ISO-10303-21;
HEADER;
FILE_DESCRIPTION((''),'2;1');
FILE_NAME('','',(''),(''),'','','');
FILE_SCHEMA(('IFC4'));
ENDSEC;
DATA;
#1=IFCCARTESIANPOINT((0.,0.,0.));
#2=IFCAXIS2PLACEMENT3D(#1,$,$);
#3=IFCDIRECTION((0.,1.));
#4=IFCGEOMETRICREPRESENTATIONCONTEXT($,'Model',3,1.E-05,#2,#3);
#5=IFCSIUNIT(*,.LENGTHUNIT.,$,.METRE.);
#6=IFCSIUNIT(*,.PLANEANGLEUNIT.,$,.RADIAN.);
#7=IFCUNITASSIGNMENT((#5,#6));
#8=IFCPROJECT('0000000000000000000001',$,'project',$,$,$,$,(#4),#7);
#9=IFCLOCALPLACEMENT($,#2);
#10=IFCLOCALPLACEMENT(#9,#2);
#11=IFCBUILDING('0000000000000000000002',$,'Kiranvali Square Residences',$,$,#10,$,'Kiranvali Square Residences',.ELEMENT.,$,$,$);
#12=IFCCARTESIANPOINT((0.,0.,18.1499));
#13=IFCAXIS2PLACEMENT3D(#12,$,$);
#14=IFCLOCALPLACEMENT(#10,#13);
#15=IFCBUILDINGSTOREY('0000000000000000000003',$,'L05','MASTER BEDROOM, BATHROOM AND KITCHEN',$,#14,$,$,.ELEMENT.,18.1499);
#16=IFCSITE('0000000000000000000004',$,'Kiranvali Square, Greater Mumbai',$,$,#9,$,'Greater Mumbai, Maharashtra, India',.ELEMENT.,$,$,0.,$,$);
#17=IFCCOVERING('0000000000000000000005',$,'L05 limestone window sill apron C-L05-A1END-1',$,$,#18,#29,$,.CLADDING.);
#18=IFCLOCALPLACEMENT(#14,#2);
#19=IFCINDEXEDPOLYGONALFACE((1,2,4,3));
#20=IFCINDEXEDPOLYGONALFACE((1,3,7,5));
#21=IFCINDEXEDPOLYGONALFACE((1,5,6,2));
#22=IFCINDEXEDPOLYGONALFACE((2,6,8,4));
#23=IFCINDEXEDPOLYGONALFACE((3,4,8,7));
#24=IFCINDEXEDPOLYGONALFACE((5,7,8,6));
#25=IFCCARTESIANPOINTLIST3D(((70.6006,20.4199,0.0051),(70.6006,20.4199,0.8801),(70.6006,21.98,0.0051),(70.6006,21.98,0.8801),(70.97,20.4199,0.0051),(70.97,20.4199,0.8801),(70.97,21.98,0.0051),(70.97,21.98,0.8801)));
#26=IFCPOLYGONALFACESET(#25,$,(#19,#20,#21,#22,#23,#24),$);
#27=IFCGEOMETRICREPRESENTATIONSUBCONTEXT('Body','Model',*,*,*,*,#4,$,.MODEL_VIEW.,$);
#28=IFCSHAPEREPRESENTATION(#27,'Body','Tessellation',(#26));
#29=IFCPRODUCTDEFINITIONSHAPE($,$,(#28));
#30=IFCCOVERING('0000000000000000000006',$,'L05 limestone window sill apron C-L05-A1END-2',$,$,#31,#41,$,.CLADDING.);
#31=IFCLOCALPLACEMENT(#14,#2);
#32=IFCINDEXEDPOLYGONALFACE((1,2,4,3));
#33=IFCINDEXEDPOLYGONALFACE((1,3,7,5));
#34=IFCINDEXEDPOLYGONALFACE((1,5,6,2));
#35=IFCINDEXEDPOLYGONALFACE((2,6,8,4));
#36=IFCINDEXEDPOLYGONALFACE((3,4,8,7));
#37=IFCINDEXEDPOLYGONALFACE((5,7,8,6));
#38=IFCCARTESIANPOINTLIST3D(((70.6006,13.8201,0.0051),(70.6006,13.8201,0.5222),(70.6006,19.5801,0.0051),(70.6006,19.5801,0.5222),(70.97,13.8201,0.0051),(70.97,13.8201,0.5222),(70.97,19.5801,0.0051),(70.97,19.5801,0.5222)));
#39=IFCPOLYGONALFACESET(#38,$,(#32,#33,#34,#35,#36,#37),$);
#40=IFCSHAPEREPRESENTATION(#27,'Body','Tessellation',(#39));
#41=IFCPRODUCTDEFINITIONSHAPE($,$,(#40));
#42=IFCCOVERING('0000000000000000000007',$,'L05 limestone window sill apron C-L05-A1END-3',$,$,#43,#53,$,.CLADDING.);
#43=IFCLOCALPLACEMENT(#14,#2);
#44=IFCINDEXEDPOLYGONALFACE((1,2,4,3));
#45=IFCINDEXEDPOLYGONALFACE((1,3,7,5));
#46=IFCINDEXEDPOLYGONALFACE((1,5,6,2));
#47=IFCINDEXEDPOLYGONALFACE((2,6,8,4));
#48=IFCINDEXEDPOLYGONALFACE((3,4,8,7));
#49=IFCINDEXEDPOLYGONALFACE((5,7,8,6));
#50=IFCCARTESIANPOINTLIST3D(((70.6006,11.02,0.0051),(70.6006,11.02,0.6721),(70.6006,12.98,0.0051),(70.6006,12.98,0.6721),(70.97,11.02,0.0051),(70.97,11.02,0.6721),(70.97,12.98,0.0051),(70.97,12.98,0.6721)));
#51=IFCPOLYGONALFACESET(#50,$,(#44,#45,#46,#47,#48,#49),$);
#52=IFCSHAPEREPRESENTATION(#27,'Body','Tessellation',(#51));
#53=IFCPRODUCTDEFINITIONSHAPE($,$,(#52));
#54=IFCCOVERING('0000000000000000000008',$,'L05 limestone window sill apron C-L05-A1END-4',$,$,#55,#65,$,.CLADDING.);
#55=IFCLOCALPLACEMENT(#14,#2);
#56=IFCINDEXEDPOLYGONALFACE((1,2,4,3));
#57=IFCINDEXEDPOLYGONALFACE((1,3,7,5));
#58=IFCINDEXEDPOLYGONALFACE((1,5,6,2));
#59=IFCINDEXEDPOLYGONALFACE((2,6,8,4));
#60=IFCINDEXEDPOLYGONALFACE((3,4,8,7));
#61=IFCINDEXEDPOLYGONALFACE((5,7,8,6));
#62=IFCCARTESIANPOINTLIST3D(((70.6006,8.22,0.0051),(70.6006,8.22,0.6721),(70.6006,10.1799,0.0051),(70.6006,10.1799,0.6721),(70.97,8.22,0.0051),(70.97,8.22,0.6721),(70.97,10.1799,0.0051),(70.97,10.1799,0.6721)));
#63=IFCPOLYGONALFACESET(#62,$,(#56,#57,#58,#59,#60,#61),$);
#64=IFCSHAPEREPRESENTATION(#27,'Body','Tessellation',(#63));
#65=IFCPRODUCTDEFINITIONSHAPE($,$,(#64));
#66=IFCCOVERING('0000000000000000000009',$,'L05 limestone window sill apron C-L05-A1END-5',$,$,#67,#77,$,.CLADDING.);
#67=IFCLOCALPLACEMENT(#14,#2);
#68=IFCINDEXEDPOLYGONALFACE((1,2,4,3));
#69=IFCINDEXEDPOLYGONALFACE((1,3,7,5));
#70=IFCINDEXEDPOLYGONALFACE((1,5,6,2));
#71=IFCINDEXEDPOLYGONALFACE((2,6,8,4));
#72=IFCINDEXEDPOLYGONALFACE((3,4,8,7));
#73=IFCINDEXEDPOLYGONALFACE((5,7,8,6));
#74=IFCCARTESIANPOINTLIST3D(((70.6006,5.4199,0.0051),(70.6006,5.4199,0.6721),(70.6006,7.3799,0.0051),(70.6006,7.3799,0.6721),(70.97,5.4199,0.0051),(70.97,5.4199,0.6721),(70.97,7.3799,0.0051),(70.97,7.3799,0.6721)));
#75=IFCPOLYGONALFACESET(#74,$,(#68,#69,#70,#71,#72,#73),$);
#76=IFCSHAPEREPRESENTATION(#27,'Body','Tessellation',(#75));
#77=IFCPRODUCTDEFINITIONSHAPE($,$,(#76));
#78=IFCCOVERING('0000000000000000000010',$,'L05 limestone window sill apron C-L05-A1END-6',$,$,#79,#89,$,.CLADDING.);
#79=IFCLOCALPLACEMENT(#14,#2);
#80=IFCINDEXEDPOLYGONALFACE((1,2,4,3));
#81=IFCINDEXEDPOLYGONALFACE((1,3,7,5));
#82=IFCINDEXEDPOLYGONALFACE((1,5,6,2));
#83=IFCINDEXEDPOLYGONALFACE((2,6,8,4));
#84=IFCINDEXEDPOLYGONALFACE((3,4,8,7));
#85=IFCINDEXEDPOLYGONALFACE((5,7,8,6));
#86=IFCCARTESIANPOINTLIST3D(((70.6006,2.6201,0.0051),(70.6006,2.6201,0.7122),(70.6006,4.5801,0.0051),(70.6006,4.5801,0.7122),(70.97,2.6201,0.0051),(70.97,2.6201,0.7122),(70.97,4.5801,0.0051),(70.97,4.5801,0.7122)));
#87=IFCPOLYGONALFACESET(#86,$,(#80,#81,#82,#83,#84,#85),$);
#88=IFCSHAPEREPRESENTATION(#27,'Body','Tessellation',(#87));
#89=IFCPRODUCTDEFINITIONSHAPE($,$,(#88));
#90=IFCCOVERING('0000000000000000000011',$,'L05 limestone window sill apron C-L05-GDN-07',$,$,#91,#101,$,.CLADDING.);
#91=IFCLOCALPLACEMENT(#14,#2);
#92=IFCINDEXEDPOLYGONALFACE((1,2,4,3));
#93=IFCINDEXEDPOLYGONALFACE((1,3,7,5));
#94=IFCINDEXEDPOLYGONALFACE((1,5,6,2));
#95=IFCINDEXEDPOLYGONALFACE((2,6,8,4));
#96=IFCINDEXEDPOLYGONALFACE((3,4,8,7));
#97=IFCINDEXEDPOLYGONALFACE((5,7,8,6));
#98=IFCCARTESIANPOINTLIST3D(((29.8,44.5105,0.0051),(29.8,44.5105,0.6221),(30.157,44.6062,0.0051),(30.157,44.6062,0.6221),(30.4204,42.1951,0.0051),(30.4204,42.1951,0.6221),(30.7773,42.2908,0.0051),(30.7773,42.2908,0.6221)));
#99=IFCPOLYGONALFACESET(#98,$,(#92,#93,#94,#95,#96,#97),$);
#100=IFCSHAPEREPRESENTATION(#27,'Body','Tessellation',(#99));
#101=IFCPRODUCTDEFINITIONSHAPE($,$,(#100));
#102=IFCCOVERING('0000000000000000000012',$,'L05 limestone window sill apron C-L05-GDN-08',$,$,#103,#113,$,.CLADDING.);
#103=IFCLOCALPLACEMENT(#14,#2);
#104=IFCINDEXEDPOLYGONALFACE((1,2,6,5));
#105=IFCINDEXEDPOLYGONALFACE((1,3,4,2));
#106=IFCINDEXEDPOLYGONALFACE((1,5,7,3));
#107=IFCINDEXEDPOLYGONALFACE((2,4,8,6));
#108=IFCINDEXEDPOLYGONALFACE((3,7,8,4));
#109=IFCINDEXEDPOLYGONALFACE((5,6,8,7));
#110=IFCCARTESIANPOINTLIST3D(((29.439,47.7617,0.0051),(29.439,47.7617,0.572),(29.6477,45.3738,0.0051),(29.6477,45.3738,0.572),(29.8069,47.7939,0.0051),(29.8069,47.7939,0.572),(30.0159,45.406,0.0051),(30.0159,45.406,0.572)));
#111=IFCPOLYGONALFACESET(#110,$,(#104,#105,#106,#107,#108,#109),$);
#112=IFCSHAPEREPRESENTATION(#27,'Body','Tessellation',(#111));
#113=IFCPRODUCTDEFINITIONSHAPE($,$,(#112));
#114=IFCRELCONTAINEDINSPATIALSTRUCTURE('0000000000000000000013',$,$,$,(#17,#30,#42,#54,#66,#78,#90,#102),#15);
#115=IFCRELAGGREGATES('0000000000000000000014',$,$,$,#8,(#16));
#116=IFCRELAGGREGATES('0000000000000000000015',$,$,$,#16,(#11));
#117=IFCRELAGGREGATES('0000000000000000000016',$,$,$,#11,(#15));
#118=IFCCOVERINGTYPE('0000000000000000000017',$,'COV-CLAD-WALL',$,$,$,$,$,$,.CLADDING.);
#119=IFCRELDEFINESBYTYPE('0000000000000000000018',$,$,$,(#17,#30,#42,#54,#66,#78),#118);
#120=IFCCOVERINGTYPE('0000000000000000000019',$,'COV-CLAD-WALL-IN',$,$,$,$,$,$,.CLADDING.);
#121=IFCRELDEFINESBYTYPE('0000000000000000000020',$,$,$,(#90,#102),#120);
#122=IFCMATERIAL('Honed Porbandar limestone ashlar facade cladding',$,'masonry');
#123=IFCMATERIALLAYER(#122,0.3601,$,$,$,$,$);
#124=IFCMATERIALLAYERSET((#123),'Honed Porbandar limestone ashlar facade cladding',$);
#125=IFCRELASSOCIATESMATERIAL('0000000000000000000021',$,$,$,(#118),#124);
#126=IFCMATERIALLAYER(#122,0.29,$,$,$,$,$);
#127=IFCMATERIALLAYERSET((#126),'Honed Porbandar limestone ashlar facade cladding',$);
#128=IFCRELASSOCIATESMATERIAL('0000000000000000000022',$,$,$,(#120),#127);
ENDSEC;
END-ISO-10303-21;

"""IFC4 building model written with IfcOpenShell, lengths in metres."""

from ifc_helpers import new_model, si_unit, direction, frame, origin, place, context, subcontext, project, spatial, polyline, outline, extrude, material, layer, layer_set, type_object, element, save


model = new_model("IFC4")

# Units and contexts
model_context = context("Model", 3, precision=1e-05, world=origin(), true_north=direction((0.0, 1.0)))
body_context = subcontext(model_context, "Body", "Model", "MODEL_VIEW")
ifc_project = project(units=[si_unit("LENGTHUNIT", "METRE"), si_unit("PLANEANGLEUNIT", "RADIAN")], contexts=[model_context])

# Site, building, storey
site_placement = place(None, origin())
site = spatial("IfcSite", under=ifc_project, at=site_placement, Name="Kiranvali Square, Greater Mumbai", LongName="Greater Mumbai, Maharashtra, India", CompositionType="ELEMENT", RefElevation=0.0)
building_placement = place(site_placement, origin())
building = spatial("IfcBuilding", under=site, at=building_placement, Name="Kiranvali Square Residences", LongName="Kiranvali Square Residences", CompositionType="ELEMENT")
storey_placement = place(building_placement, frame((0.0, 0.0, 18.1499)))
storey = spatial("IfcBuildingStorey", under=building, at=storey_placement, Name="L05", Description="MASTER BEDROOM, BATHROOM AND KITCHEN", CompositionType="ELEMENT", Elevation=18.1499)

# Coverings
ifc_material = material(Name="Honed Porbandar limestone ashlar facade cladding", Category="masonry")
ifc_layer_1 = layer(ifc_material, 0.3601)
ifc_layer_set_1 = layer_set([ifc_layer_1], Name="Honed Porbandar limestone ashlar facade cladding")
covering_type_1 = type_object("IfcCoveringType", Name="COV-CLAD-WALL", PredefinedType="CLADDING", material=ifc_layer_set_1)
covering_1_placement = place(storey_placement, frame((0.0, 0.0, 0.0051)))
element("IfcCovering", 1, at=covering_1_placement, inside=storey, type_object=covering_type_1, Name="L05 limestone window sill apron C-L05-A1END-1", PredefinedType="CLADDING", context=body_context, shape_type="SweptSolid", body=[
    extrude(outline(polyline([(70.6006, 21.98), (70.6006, 20.4199), (70.97, 20.4199), (70.97, 21.98), (70.6006, 21.98)])), origin(), (0.0, 0.0, 1.0), 0.875),
])
covering_2_placement = place(storey_placement, frame((0.0, 0.0, 0.0051)))
element("IfcCovering", 2, at=covering_2_placement, inside=storey, type_object=covering_type_1, Name="L05 limestone window sill apron C-L05-A1END-2", PredefinedType="CLADDING", context=body_context, shape_type="SweptSolid", body=[
    extrude(outline(polyline([(70.6006, 19.5801), (70.6006, 13.8201), (70.97, 13.8201), (70.97, 19.5801), (70.6006, 19.5801)])), origin(), (0.0, 0.0, 1.0), 0.5171),
])
covering_3_placement = place(storey_placement, frame((0.0, 0.0, 0.0051)))
element("IfcCovering", 3, at=covering_3_placement, inside=storey, type_object=covering_type_1, Name="L05 limestone window sill apron C-L05-A1END-3", PredefinedType="CLADDING", context=body_context, shape_type="SweptSolid", body=[
    extrude(outline(polyline([(70.6006, 12.98), (70.6006, 11.02), (70.97, 11.02), (70.97, 12.98), (70.6006, 12.98)])), origin(), (0.0, 0.0, 1.0), 0.667),
])
covering_4_placement = place(storey_placement, frame((0.0, 0.0, 0.0051)))
element("IfcCovering", 4, at=covering_4_placement, inside=storey, type_object=covering_type_1, Name="L05 limestone window sill apron C-L05-A1END-4", PredefinedType="CLADDING", context=body_context, shape_type="SweptSolid", body=[
    extrude(outline(polyline([(70.6006, 10.1799), (70.6006, 8.22), (70.97, 8.22), (70.97, 10.1799), (70.6006, 10.1799)])), origin(), (0.0, 0.0, 1.0), 0.667),
])
covering_5_placement = place(storey_placement, frame((0.0, 0.0, 0.0051)))
element("IfcCovering", 5, at=covering_5_placement, inside=storey, type_object=covering_type_1, Name="L05 limestone window sill apron C-L05-A1END-5", PredefinedType="CLADDING", context=body_context, shape_type="SweptSolid", body=[
    extrude(outline(polyline([(70.6006, 7.3799), (70.6006, 5.4199), (70.97, 5.4199), (70.97, 7.3799), (70.6006, 7.3799)])), origin(), (0.0, 0.0, 1.0), 0.667),
])
covering_6_placement = place(storey_placement, frame((0.0, 0.0, 0.0051)))
element("IfcCovering", 6, at=covering_6_placement, inside=storey, type_object=covering_type_1, Name="L05 limestone window sill apron C-L05-A1END-6", PredefinedType="CLADDING", context=body_context, shape_type="SweptSolid", body=[
    extrude(outline(polyline([(70.6006, 4.5801), (70.6006, 2.6201), (70.97, 2.6201), (70.97, 4.5801), (70.6006, 4.5801)])), origin(), (0.0, 0.0, 1.0), 0.707),
])
ifc_layer_2 = layer(ifc_material, 0.29)
ifc_layer_set_2 = layer_set([ifc_layer_2], Name="Honed Porbandar limestone ashlar facade cladding")
covering_type_2 = type_object("IfcCoveringType", Name="COV-CLAD-WALL-IN", PredefinedType="CLADDING", material=ifc_layer_set_2)
covering_7_placement = place(storey_placement, frame((0.0, 0.0, 0.0051)))
element("IfcCovering", 7, at=covering_7_placement, inside=storey, type_object=covering_type_2, Name="L05 limestone window sill apron C-L05-GDN-07", PredefinedType="CLADDING", context=body_context, shape_type="SweptSolid", body=[
    extrude(outline(polyline([(30.7773, 42.2908), (30.157, 44.6062), (29.8, 44.5105), (30.4204, 42.1951), (30.7773, 42.2908)])), origin(), (0.0, 0.0, 1.0), 0.6169),
])
covering_8_placement = place(storey_placement, frame((0.0, 0.0, 0.0051)))
element("IfcCovering", 8, at=covering_8_placement, inside=storey, type_object=covering_type_2, Name="L05 limestone window sill apron C-L05-GDN-08", PredefinedType="CLADDING", context=body_context, shape_type="SweptSolid", body=[
    extrude(outline(polyline([(30.0159, 45.406), (29.8069, 47.7939), (29.439, 47.7617), (29.6477, 45.3738), (30.0159, 45.406)])), origin(), (0.0, 0.0, 1.0), 0.5669),
])

save(model, "model.ifc")
